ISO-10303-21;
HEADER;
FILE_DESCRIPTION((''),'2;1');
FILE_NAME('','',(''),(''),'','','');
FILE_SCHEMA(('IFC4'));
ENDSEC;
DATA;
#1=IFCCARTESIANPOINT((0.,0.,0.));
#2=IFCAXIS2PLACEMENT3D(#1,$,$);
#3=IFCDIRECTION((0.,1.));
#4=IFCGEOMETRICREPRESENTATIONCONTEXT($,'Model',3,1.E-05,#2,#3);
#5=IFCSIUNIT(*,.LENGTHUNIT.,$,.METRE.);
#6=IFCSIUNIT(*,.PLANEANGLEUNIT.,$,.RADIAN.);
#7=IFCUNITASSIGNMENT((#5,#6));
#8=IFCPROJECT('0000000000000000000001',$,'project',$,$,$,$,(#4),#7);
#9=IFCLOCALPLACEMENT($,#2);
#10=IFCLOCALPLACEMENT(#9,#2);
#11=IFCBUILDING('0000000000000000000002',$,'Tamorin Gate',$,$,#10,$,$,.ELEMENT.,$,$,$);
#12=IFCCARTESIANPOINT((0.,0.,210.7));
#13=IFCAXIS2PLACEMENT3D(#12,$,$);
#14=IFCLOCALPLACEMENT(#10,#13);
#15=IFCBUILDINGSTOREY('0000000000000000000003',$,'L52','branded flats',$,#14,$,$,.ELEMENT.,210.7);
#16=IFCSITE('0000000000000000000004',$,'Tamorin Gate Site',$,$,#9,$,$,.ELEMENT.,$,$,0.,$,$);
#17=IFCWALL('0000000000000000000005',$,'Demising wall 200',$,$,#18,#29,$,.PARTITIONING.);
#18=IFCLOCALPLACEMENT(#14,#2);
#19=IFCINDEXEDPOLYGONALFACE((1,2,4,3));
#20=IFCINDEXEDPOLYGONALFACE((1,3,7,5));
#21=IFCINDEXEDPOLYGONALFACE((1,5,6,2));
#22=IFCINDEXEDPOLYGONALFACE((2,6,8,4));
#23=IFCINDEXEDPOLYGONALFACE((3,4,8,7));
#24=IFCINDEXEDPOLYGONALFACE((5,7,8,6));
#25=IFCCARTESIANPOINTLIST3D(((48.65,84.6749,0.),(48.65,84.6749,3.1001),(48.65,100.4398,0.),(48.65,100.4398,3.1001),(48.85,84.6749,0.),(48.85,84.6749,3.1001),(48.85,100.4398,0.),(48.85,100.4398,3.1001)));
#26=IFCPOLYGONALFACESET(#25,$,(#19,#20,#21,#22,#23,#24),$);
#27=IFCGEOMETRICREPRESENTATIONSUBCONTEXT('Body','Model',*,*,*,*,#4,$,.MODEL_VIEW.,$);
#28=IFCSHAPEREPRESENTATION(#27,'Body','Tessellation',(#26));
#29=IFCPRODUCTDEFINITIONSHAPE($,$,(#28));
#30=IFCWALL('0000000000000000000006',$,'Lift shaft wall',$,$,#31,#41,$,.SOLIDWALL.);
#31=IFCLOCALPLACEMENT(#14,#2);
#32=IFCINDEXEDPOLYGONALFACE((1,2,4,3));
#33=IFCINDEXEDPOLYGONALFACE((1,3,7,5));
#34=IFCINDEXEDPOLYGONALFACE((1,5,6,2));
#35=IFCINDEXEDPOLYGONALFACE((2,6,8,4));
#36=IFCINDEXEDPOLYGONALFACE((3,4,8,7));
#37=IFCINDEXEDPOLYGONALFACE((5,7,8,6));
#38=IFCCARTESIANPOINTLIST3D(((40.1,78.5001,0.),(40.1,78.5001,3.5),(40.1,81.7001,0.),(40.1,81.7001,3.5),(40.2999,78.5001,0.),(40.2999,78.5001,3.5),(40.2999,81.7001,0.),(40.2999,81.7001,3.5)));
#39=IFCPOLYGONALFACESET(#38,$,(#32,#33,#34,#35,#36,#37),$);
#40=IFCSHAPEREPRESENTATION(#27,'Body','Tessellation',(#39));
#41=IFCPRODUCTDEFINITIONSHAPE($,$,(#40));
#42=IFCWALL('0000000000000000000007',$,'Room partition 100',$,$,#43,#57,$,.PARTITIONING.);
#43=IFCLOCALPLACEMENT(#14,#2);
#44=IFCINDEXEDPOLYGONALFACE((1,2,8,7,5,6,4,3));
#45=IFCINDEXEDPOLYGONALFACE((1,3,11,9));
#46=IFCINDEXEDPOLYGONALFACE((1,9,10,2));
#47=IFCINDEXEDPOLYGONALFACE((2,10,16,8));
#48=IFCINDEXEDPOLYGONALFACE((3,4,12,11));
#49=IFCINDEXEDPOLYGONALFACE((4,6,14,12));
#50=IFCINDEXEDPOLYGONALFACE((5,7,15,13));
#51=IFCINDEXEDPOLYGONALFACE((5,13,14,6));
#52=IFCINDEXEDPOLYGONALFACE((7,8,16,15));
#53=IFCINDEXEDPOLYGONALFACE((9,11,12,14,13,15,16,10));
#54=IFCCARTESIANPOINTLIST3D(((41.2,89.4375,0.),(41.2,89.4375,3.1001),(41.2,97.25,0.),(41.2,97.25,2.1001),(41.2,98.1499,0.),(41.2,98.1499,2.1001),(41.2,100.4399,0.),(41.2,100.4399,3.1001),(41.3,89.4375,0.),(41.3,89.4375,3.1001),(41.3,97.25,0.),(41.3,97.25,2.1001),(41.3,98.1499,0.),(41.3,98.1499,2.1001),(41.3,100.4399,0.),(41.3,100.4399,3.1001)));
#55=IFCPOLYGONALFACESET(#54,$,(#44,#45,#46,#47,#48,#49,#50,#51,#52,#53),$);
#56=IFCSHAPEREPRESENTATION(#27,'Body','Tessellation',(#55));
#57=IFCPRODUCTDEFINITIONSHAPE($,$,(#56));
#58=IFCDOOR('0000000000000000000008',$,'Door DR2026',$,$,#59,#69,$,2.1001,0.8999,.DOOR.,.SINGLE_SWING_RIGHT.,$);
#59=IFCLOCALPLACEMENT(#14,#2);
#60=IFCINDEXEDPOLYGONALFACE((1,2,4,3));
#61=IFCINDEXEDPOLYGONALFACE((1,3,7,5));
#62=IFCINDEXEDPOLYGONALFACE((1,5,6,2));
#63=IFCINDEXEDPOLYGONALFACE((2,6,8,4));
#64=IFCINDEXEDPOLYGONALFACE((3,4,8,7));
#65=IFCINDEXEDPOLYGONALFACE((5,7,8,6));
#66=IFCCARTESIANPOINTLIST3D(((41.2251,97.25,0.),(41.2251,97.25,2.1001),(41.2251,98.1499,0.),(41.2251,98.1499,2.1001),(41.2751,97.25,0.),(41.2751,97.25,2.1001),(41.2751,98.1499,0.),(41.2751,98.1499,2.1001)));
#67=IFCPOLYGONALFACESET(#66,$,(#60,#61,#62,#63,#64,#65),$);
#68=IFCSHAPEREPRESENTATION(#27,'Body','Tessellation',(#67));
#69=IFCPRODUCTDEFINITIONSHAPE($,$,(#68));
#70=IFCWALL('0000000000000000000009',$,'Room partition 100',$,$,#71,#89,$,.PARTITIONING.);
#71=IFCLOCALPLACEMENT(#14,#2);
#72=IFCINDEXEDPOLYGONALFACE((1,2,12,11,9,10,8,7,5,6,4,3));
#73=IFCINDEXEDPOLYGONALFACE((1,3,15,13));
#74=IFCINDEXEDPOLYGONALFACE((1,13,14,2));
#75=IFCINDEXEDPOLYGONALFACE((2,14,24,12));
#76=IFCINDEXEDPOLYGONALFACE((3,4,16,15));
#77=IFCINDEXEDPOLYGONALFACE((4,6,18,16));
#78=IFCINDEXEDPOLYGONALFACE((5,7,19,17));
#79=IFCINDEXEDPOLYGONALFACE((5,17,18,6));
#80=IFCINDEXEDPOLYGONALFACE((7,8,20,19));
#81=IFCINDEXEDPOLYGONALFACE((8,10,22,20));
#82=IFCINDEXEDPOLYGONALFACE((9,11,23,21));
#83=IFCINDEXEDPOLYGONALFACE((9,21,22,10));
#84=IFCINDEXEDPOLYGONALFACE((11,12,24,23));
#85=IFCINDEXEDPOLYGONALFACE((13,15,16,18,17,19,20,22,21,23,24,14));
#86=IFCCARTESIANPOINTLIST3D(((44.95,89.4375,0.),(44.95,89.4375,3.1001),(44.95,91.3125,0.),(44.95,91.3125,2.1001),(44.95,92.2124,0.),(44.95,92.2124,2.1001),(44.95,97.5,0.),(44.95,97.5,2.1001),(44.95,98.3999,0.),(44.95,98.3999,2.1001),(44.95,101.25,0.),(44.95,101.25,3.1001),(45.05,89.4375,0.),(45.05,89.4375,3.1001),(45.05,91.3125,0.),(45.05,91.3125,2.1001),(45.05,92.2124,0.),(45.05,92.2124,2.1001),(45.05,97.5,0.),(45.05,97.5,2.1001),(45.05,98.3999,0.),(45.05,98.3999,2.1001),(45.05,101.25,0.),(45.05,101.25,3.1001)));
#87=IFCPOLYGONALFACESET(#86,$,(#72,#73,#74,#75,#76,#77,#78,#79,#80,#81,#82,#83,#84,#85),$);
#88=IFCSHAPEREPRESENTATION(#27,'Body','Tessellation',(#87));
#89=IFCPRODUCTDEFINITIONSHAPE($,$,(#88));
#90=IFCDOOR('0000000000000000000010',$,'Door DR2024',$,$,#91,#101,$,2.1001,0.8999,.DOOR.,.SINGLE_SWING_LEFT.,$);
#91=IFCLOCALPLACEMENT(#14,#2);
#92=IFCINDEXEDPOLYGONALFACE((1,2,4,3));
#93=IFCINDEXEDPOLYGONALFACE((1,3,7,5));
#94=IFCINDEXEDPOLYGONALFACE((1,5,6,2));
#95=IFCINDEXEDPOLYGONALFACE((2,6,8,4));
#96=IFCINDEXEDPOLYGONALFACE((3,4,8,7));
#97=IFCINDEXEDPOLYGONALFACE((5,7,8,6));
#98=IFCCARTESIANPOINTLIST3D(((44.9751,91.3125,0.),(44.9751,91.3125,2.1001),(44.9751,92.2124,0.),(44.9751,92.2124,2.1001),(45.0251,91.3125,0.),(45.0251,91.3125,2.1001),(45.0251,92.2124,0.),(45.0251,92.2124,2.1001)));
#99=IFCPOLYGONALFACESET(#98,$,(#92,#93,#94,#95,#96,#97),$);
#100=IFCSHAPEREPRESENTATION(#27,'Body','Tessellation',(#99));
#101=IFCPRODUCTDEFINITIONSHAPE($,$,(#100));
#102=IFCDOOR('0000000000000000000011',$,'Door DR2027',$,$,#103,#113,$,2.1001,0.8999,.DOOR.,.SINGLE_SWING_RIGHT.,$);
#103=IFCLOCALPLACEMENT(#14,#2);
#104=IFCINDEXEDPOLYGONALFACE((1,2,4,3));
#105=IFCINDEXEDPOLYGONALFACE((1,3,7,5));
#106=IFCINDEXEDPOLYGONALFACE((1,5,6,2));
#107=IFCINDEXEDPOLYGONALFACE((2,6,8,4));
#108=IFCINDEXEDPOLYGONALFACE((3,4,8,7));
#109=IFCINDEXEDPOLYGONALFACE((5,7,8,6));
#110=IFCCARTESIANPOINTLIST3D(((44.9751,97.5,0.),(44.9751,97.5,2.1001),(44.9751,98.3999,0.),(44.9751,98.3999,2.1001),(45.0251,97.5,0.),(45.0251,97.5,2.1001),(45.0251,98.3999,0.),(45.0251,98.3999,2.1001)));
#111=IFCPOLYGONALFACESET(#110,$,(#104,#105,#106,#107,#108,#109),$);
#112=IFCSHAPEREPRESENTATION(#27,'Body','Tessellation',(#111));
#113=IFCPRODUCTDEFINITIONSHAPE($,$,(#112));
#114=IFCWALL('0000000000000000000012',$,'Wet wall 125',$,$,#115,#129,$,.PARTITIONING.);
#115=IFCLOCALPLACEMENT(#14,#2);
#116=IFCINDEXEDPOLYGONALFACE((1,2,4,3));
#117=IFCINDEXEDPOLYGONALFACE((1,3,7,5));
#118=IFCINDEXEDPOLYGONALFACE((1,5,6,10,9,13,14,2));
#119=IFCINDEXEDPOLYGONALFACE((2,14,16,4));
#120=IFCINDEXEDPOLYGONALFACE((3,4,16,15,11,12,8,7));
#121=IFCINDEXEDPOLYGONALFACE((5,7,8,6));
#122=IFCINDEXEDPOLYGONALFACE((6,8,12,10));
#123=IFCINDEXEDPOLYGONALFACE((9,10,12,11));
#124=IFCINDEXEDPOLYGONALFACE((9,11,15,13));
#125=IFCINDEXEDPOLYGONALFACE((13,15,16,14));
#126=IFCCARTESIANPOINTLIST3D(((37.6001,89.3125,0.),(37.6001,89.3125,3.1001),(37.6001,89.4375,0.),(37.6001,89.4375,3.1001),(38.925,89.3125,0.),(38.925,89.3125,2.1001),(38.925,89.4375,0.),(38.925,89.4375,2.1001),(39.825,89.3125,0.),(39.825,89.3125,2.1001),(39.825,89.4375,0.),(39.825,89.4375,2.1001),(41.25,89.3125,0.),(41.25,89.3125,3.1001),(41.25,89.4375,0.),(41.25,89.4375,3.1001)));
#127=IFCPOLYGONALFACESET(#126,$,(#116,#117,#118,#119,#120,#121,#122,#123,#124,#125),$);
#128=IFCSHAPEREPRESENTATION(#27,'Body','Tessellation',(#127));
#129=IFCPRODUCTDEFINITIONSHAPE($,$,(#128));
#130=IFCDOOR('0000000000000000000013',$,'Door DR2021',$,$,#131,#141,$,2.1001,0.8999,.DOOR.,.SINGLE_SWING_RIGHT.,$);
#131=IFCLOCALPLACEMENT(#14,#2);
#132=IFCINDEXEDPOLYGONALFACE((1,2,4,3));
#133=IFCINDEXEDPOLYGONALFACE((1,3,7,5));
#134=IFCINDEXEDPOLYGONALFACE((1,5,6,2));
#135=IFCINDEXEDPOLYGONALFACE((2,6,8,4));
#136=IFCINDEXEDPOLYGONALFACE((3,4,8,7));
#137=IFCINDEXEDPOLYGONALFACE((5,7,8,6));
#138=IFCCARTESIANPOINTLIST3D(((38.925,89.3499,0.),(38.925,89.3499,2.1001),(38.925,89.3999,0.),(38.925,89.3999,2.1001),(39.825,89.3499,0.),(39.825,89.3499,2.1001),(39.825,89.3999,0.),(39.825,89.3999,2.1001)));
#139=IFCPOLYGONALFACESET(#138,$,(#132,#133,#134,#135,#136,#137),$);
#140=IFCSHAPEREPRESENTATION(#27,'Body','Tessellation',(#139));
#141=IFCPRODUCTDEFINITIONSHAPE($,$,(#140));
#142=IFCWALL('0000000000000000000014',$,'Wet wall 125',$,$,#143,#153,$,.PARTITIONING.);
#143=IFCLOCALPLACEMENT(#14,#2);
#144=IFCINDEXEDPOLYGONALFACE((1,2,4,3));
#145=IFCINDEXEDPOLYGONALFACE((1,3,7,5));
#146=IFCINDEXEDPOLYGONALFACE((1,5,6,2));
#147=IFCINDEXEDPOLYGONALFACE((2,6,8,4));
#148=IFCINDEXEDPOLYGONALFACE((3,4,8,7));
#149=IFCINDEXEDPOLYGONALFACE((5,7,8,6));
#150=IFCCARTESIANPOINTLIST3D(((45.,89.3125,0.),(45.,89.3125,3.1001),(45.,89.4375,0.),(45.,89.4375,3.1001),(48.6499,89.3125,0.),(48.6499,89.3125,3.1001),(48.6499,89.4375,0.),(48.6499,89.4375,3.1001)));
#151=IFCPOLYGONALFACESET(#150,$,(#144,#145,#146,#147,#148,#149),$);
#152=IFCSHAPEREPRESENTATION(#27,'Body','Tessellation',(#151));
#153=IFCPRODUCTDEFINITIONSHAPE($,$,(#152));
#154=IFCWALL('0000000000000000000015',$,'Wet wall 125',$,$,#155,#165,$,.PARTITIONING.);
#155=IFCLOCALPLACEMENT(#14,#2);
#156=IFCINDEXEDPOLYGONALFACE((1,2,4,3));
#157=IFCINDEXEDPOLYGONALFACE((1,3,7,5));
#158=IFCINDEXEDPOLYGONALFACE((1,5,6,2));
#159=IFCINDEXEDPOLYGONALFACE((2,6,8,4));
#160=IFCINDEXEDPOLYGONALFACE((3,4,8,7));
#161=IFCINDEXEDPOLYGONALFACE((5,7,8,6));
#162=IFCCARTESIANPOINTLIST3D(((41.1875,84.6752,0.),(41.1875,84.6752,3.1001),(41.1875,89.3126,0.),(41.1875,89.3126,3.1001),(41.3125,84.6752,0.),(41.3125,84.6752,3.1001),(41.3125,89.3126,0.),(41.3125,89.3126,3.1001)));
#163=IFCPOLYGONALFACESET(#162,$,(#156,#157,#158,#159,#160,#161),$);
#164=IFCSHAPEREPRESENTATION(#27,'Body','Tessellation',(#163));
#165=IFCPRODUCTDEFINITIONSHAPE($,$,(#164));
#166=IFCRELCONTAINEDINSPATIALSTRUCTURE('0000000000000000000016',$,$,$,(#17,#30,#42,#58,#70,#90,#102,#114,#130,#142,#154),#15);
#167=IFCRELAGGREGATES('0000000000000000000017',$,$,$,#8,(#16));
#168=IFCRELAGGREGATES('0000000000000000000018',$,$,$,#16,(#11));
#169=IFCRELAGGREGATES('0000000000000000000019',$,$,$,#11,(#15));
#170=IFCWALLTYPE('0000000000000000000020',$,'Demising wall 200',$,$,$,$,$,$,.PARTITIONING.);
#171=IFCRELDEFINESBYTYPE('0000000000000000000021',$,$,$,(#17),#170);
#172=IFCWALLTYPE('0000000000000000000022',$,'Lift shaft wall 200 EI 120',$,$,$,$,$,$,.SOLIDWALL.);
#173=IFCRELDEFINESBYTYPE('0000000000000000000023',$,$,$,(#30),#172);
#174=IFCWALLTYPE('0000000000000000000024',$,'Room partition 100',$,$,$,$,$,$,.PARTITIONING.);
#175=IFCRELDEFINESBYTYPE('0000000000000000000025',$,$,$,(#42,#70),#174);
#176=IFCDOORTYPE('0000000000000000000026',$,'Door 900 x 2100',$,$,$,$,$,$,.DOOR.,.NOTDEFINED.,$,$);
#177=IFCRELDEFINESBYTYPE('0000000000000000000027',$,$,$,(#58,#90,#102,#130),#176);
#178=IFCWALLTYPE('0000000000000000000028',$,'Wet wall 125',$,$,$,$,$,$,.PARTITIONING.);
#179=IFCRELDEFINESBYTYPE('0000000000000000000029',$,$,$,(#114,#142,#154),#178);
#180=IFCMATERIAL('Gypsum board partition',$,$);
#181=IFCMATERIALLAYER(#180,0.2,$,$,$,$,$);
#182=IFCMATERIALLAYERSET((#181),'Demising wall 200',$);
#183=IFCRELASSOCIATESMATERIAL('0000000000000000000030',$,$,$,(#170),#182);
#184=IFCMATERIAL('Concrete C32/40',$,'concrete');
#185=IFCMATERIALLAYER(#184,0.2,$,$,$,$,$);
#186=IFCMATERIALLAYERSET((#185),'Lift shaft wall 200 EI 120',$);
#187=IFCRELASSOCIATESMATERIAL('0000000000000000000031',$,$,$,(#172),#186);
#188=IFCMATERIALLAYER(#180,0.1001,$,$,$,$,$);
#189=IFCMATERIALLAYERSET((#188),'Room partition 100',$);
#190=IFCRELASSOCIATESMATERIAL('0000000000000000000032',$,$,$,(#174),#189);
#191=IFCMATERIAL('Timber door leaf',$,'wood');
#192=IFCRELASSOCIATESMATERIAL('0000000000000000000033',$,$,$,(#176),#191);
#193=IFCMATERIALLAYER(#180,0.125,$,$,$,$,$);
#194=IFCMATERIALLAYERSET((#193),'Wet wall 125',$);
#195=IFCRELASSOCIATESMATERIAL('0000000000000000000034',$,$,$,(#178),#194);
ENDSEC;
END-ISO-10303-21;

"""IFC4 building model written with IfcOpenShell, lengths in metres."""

from ifc_helpers import new_model, si_unit, direction, frame, frame_2d, origin, place, context, subcontext, project, spatial, rectangle, extrude, material, layer, layer_set, type_object, element, fill, save


model = new_model("IFC4")

# Units and contexts
model_context = context("Model", 3, precision=1e-05, world=origin(), true_north=direction((0.0, 1.0)))
body_context = subcontext(model_context, "Body", "Model", "MODEL_VIEW")
ifc_project = project(units=[si_unit("LENGTHUNIT", "METRE"), si_unit("PLANEANGLEUNIT", "RADIAN")], contexts=[model_context])

# Site, building, storey
site_placement = place(None, origin())
site = spatial("IfcSite", under=ifc_project, at=site_placement, Name="Tamorin Gate Site", CompositionType="ELEMENT", RefElevation=0.0)
building_placement = place(site_placement, origin())
building = spatial("IfcBuilding", under=site, at=building_placement, Name="Tamorin Gate", CompositionType="ELEMENT")
storey_placement = place(building_placement, frame((0.0, 0.0, 210.7)))
storey = spatial("IfcBuildingStorey", under=building, at=storey_placement, Name="L52", Description="branded flats", CompositionType="ELEMENT", Elevation=210.7)

# Walls
ifc_material_1 = material(Name="Gypsum board partition")
ifc_layer_1 = layer(ifc_material_1, 0.2)
ifc_layer_set_1 = layer_set([ifc_layer_1], Name="Demising wall 200")
wall_type_1 = type_object("IfcWallType", Name="Demising wall 200", PredefinedType="PARTITIONING", material=ifc_layer_set_1)
wall_1_placement = place(storey_placement, frame((48.75, 84.675, 0.0), z_axis=(0.0, 0.0, 1.0), x_axis=(0.0, 1.0, 0.0)))
element("IfcWall", 1, at=wall_1_placement, inside=storey, type_object=wall_type_1, Name="Demising wall 200", PredefinedType="PARTITIONING", context=body_context, shape_type="SweptSolid", body=[
    extrude(rectangle(XDim=15.7649, YDim=0.2, at=frame_2d((7.8823, 0.0))), origin(), (0.0, 0.0, 1.0), 3.1001),
])
ifc_material_2 = material(Name="Concrete C32/40", Category="concrete")
ifc_layer_2 = layer(ifc_material_2, 0.2)
ifc_layer_set_2 = layer_set([ifc_layer_2], Name="Lift shaft wall 200 EI 120")
wall_type_2 = type_object("IfcWallType", Name="Lift shaft wall 200 EI 120", PredefinedType="SOLIDWALL", material=ifc_layer_set_2)
wall_2_placement = place(storey_placement, frame((40.2, 78.5, 0.0), z_axis=(0.0, 0.0, 1.0), x_axis=(0.0, 1.0, 0.0)))
element("IfcWall", 2, at=wall_2_placement, inside=storey, type_object=wall_type_2, Name="Lift shaft wall", PredefinedType="SOLIDWALL", context=body_context, shape_type="SweptSolid", body=[
    extrude(rectangle(XDim=3.2, YDim=0.2, at=frame_2d((1.6001, 0.0))), origin(), (0.0, 0.0, 1.0), 3.5),
])

# Wall, opening, door
ifc_layer_3 = layer(ifc_material_1, 0.1001)
ifc_layer_set_3 = layer_set([ifc_layer_3], Name="Room partition 100")
wall_type_3 = type_object("IfcWallType", Name="Room partition 100", PredefinedType="PARTITIONING", material=ifc_layer_set_3)
wall_3_placement = place(storey_placement, frame((41.25, 89.4375, 0.0), z_axis=(0.0, 0.0, 1.0), x_axis=(0.0, 1.0, 0.0)))
wall_3 = element("IfcWall", 3, at=wall_3_placement, inside=storey, type_object=wall_type_3, Name="Room partition 100", PredefinedType="PARTITIONING", context=body_context, shape_type="SweptSolid", body=[
    extrude(rectangle(XDim=11.0024, YDim=0.1001, at=frame_2d((5.5012, 0.0))), origin(), (0.0, 0.0, 1.0), 3.1001),
])
opening_1_placement = place(wall_3_placement, frame((7.8125, 0.0, 0.0)))
opening_1 = element("IfcOpeningElement", 4, at=opening_1_placement, cuts=wall_3, PredefinedType="OPENING", context=body_context, shape_type="SweptSolid", body=[
    extrude(rectangle(XDim=0.8999, YDim=2.1001, at=frame_2d((0.45, 1.05))), frame((0.0, 0.0601, 0.0), z_axis=(0.0, -1.0, 0.0), x_axis=(1.0, 0.0, 0.0)), (0.0, 0.0, 1.0), 0.1201),
])
ifc_material_3 = material(Name="Timber door leaf", Category="wood")
door_type = type_object("IfcDoorType", Name="Door 900 x 2100", OperationType="NOTDEFINED", PredefinedType="DOOR", material=ifc_material_3)
door_1_placement = place(opening_1_placement, origin())
door_1 = element("IfcDoor", 5, at=door_1_placement, inside=storey, type_object=door_type, Name="Door DR2026", OperationType="SINGLE_SWING_RIGHT", OverallHeight=2.1001, OverallWidth=0.8999, PredefinedType="DOOR", context=body_context, shape_type="SweptSolid", body=[
    extrude(rectangle(XDim=0.8999, YDim=2.1001, at=frame_2d((0.45, 1.05))), frame((0.0, 0.0249, 0.0), z_axis=(0.0, -1.0, 0.0), x_axis=(1.0, 0.0, 0.0)), (0.0, 0.0, 1.0), 0.05),
])
fill(opening_1, door_1)

# Wall, openings, doors
wall_4_placement = place(storey_placement, frame((45.0, 89.4375, 0.0), z_axis=(0.0, 0.0, 1.0), x_axis=(0.0, 1.0, 0.0)))
wall_4 = element("IfcWall", 6, at=wall_4_placement, inside=storey, type_object=wall_type_3, Name="Room partition 100", PredefinedType="PARTITIONING", context=body_context, shape_type="SweptSolid", body=[
    extrude(rectangle(XDim=11.8125, YDim=0.1001, at=frame_2d((5.9062, 0.0))), origin(), (0.0, 0.0, 1.0), 3.1001),
])
opening_2_placement = place(wall_4_placement, frame((1.875, 0.0, 0.0)))
opening_2 = element("IfcOpeningElement", 7, at=opening_2_placement, cuts=wall_4, PredefinedType="OPENING", context=body_context, shape_type="SweptSolid", body=[
    extrude(rectangle(XDim=0.8999, YDim=2.1001, at=frame_2d((0.45, 1.05))), frame((0.0, 0.0601, 0.0), z_axis=(0.0, -1.0, 0.0), x_axis=(1.0, 0.0, 0.0)), (0.0, 0.0, 1.0), 0.1201),
])
opening_3_placement = place(wall_4_placement, frame((8.0625, 0.0, 0.0)))
opening_3 = element("IfcOpeningElement", 8, at=opening_3_placement, cuts=wall_4, PredefinedType="OPENING", context=body_context, shape_type="SweptSolid", body=[
    extrude(rectangle(XDim=0.8999, YDim=2.1001, at=frame_2d((0.45, 1.05))), frame((0.0, 0.0601, 0.0), z_axis=(0.0, -1.0, 0.0), x_axis=(1.0, 0.0, 0.0)), (0.0, 0.0, 1.0), 0.1201),
])
door_2_placement = place(opening_2_placement, origin())
door_2 = element("IfcDoor", 9, at=door_2_placement, inside=storey, type_object=door_type, Name="Door DR2024", OperationType="SINGLE_SWING_LEFT", OverallHeight=2.1001, OverallWidth=0.8999, PredefinedType="DOOR", context=body_context, shape_type="SweptSolid", body=[
    extrude(rectangle(XDim=0.8999, YDim=2.1001, at=frame_2d((0.45, 1.05))), frame((0.0, 0.0249, 0.0), z_axis=(0.0, -1.0, 0.0), x_axis=(1.0, 0.0, 0.0)), (0.0, 0.0, 1.0), 0.05),
])
fill(opening_2, door_2)
door_3_placement = place(opening_3_placement, origin())
door_3 = element("IfcDoor", 10, at=door_3_placement, inside=storey, type_object=door_type, Name="Door DR2027", OperationType="SINGLE_SWING_RIGHT", OverallHeight=2.1001, OverallWidth=0.8999, PredefinedType="DOOR", context=body_context, shape_type="SweptSolid", body=[
    extrude(rectangle(XDim=0.8999, YDim=2.1001, at=frame_2d((0.45, 1.05))), frame((0.0, 0.0249, 0.0), z_axis=(0.0, -1.0, 0.0), x_axis=(1.0, 0.0, 0.0)), (0.0, 0.0, 1.0), 0.05),
])
fill(opening_3, door_3)

# Wall, opening, door
ifc_layer_4 = layer(ifc_material_1, 0.125)
ifc_layer_set_4 = layer_set([ifc_layer_4], Name="Wet wall 125")
wall_type_4 = type_object("IfcWallType", Name="Wet wall 125", PredefinedType="PARTITIONING", material=ifc_layer_set_4)
wall_5_placement = place(storey_placement, frame((37.6001, 89.375, 0.0), z_axis=(0.0, 0.0, 1.0), x_axis=(1.0, 0.0, 0.0)))
wall_5 = element("IfcWall", 11, at=wall_5_placement, inside=storey, type_object=wall_type_4, Name="Wet wall 125", PredefinedType="PARTITIONING", context=body_context, shape_type="SweptSolid", body=[
    extrude(rectangle(XDim=3.6499, YDim=0.125, at=frame_2d((1.825, 0.0))), origin(), (0.0, 0.0, 1.0), 3.1001),
])
opening_4_placement = place(wall_5_placement, frame((1.325, 0.0, 0.0)))
opening_4 = element("IfcOpeningElement", 12, at=opening_4_placement, cuts=wall_5, PredefinedType="OPENING", context=body_context, shape_type="SweptSolid", body=[
    extrude(rectangle(XDim=0.8999, YDim=2.1001, at=frame_2d((0.45, 1.05))), frame((0.0, 0.0725, 0.0), z_axis=(0.0, -1.0, 0.0), x_axis=(1.0, 0.0, 0.0)), (0.0, 0.0, 1.0), 0.145),
])
door_4_placement = place(opening_4_placement, origin())
door_4 = element("IfcDoor", 13, at=door_4_placement, inside=storey, type_object=door_type, Name="Door DR2021", OperationType="SINGLE_SWING_RIGHT", OverallHeight=2.1001, OverallWidth=0.8999, PredefinedType="DOOR", context=body_context, shape_type="SweptSolid", body=[
    extrude(rectangle(XDim=0.8999, YDim=2.1001, at=frame_2d((0.45, 1.05))), frame((0.0, 0.0249, 0.0), z_axis=(0.0, -1.0, 0.0), x_axis=(1.0, 0.0, 0.0)), (0.0, 0.0, 1.0), 0.05),
])
fill(opening_4, door_4)

# Walls
wall_6_placement = place(storey_placement, frame((45.0, 89.375, 0.0), z_axis=(0.0, 0.0, 1.0), x_axis=(1.0, 0.0, 0.0)))
element("IfcWall", 14, at=wall_6_placement, inside=storey, type_object=wall_type_4, Name="Wet wall 125", PredefinedType="PARTITIONING", context=body_context, shape_type="SweptSolid", body=[
    extrude(rectangle(XDim=3.6499, YDim=0.125, at=frame_2d((1.825, 0.0))), origin(), (0.0, 0.0, 1.0), 3.1001),
])
wall_7_placement = place(storey_placement, frame((41.25, 84.675, 0.0), z_axis=(0.0, 0.0, 1.0), x_axis=(0.0, 1.0, 0.0)))
element("IfcWall", 15, at=wall_7_placement, inside=storey, type_object=wall_type_4, Name="Wet wall 125", PredefinedType="PARTITIONING", context=body_context, shape_type="SweptSolid", body=[
    extrude(rectangle(XDim=4.6375, YDim=0.125, at=frame_2d((2.3188, 0.0))), origin(), (0.0, 0.0, 1.0), 3.1001),
])

save(model, "model.ifc")
